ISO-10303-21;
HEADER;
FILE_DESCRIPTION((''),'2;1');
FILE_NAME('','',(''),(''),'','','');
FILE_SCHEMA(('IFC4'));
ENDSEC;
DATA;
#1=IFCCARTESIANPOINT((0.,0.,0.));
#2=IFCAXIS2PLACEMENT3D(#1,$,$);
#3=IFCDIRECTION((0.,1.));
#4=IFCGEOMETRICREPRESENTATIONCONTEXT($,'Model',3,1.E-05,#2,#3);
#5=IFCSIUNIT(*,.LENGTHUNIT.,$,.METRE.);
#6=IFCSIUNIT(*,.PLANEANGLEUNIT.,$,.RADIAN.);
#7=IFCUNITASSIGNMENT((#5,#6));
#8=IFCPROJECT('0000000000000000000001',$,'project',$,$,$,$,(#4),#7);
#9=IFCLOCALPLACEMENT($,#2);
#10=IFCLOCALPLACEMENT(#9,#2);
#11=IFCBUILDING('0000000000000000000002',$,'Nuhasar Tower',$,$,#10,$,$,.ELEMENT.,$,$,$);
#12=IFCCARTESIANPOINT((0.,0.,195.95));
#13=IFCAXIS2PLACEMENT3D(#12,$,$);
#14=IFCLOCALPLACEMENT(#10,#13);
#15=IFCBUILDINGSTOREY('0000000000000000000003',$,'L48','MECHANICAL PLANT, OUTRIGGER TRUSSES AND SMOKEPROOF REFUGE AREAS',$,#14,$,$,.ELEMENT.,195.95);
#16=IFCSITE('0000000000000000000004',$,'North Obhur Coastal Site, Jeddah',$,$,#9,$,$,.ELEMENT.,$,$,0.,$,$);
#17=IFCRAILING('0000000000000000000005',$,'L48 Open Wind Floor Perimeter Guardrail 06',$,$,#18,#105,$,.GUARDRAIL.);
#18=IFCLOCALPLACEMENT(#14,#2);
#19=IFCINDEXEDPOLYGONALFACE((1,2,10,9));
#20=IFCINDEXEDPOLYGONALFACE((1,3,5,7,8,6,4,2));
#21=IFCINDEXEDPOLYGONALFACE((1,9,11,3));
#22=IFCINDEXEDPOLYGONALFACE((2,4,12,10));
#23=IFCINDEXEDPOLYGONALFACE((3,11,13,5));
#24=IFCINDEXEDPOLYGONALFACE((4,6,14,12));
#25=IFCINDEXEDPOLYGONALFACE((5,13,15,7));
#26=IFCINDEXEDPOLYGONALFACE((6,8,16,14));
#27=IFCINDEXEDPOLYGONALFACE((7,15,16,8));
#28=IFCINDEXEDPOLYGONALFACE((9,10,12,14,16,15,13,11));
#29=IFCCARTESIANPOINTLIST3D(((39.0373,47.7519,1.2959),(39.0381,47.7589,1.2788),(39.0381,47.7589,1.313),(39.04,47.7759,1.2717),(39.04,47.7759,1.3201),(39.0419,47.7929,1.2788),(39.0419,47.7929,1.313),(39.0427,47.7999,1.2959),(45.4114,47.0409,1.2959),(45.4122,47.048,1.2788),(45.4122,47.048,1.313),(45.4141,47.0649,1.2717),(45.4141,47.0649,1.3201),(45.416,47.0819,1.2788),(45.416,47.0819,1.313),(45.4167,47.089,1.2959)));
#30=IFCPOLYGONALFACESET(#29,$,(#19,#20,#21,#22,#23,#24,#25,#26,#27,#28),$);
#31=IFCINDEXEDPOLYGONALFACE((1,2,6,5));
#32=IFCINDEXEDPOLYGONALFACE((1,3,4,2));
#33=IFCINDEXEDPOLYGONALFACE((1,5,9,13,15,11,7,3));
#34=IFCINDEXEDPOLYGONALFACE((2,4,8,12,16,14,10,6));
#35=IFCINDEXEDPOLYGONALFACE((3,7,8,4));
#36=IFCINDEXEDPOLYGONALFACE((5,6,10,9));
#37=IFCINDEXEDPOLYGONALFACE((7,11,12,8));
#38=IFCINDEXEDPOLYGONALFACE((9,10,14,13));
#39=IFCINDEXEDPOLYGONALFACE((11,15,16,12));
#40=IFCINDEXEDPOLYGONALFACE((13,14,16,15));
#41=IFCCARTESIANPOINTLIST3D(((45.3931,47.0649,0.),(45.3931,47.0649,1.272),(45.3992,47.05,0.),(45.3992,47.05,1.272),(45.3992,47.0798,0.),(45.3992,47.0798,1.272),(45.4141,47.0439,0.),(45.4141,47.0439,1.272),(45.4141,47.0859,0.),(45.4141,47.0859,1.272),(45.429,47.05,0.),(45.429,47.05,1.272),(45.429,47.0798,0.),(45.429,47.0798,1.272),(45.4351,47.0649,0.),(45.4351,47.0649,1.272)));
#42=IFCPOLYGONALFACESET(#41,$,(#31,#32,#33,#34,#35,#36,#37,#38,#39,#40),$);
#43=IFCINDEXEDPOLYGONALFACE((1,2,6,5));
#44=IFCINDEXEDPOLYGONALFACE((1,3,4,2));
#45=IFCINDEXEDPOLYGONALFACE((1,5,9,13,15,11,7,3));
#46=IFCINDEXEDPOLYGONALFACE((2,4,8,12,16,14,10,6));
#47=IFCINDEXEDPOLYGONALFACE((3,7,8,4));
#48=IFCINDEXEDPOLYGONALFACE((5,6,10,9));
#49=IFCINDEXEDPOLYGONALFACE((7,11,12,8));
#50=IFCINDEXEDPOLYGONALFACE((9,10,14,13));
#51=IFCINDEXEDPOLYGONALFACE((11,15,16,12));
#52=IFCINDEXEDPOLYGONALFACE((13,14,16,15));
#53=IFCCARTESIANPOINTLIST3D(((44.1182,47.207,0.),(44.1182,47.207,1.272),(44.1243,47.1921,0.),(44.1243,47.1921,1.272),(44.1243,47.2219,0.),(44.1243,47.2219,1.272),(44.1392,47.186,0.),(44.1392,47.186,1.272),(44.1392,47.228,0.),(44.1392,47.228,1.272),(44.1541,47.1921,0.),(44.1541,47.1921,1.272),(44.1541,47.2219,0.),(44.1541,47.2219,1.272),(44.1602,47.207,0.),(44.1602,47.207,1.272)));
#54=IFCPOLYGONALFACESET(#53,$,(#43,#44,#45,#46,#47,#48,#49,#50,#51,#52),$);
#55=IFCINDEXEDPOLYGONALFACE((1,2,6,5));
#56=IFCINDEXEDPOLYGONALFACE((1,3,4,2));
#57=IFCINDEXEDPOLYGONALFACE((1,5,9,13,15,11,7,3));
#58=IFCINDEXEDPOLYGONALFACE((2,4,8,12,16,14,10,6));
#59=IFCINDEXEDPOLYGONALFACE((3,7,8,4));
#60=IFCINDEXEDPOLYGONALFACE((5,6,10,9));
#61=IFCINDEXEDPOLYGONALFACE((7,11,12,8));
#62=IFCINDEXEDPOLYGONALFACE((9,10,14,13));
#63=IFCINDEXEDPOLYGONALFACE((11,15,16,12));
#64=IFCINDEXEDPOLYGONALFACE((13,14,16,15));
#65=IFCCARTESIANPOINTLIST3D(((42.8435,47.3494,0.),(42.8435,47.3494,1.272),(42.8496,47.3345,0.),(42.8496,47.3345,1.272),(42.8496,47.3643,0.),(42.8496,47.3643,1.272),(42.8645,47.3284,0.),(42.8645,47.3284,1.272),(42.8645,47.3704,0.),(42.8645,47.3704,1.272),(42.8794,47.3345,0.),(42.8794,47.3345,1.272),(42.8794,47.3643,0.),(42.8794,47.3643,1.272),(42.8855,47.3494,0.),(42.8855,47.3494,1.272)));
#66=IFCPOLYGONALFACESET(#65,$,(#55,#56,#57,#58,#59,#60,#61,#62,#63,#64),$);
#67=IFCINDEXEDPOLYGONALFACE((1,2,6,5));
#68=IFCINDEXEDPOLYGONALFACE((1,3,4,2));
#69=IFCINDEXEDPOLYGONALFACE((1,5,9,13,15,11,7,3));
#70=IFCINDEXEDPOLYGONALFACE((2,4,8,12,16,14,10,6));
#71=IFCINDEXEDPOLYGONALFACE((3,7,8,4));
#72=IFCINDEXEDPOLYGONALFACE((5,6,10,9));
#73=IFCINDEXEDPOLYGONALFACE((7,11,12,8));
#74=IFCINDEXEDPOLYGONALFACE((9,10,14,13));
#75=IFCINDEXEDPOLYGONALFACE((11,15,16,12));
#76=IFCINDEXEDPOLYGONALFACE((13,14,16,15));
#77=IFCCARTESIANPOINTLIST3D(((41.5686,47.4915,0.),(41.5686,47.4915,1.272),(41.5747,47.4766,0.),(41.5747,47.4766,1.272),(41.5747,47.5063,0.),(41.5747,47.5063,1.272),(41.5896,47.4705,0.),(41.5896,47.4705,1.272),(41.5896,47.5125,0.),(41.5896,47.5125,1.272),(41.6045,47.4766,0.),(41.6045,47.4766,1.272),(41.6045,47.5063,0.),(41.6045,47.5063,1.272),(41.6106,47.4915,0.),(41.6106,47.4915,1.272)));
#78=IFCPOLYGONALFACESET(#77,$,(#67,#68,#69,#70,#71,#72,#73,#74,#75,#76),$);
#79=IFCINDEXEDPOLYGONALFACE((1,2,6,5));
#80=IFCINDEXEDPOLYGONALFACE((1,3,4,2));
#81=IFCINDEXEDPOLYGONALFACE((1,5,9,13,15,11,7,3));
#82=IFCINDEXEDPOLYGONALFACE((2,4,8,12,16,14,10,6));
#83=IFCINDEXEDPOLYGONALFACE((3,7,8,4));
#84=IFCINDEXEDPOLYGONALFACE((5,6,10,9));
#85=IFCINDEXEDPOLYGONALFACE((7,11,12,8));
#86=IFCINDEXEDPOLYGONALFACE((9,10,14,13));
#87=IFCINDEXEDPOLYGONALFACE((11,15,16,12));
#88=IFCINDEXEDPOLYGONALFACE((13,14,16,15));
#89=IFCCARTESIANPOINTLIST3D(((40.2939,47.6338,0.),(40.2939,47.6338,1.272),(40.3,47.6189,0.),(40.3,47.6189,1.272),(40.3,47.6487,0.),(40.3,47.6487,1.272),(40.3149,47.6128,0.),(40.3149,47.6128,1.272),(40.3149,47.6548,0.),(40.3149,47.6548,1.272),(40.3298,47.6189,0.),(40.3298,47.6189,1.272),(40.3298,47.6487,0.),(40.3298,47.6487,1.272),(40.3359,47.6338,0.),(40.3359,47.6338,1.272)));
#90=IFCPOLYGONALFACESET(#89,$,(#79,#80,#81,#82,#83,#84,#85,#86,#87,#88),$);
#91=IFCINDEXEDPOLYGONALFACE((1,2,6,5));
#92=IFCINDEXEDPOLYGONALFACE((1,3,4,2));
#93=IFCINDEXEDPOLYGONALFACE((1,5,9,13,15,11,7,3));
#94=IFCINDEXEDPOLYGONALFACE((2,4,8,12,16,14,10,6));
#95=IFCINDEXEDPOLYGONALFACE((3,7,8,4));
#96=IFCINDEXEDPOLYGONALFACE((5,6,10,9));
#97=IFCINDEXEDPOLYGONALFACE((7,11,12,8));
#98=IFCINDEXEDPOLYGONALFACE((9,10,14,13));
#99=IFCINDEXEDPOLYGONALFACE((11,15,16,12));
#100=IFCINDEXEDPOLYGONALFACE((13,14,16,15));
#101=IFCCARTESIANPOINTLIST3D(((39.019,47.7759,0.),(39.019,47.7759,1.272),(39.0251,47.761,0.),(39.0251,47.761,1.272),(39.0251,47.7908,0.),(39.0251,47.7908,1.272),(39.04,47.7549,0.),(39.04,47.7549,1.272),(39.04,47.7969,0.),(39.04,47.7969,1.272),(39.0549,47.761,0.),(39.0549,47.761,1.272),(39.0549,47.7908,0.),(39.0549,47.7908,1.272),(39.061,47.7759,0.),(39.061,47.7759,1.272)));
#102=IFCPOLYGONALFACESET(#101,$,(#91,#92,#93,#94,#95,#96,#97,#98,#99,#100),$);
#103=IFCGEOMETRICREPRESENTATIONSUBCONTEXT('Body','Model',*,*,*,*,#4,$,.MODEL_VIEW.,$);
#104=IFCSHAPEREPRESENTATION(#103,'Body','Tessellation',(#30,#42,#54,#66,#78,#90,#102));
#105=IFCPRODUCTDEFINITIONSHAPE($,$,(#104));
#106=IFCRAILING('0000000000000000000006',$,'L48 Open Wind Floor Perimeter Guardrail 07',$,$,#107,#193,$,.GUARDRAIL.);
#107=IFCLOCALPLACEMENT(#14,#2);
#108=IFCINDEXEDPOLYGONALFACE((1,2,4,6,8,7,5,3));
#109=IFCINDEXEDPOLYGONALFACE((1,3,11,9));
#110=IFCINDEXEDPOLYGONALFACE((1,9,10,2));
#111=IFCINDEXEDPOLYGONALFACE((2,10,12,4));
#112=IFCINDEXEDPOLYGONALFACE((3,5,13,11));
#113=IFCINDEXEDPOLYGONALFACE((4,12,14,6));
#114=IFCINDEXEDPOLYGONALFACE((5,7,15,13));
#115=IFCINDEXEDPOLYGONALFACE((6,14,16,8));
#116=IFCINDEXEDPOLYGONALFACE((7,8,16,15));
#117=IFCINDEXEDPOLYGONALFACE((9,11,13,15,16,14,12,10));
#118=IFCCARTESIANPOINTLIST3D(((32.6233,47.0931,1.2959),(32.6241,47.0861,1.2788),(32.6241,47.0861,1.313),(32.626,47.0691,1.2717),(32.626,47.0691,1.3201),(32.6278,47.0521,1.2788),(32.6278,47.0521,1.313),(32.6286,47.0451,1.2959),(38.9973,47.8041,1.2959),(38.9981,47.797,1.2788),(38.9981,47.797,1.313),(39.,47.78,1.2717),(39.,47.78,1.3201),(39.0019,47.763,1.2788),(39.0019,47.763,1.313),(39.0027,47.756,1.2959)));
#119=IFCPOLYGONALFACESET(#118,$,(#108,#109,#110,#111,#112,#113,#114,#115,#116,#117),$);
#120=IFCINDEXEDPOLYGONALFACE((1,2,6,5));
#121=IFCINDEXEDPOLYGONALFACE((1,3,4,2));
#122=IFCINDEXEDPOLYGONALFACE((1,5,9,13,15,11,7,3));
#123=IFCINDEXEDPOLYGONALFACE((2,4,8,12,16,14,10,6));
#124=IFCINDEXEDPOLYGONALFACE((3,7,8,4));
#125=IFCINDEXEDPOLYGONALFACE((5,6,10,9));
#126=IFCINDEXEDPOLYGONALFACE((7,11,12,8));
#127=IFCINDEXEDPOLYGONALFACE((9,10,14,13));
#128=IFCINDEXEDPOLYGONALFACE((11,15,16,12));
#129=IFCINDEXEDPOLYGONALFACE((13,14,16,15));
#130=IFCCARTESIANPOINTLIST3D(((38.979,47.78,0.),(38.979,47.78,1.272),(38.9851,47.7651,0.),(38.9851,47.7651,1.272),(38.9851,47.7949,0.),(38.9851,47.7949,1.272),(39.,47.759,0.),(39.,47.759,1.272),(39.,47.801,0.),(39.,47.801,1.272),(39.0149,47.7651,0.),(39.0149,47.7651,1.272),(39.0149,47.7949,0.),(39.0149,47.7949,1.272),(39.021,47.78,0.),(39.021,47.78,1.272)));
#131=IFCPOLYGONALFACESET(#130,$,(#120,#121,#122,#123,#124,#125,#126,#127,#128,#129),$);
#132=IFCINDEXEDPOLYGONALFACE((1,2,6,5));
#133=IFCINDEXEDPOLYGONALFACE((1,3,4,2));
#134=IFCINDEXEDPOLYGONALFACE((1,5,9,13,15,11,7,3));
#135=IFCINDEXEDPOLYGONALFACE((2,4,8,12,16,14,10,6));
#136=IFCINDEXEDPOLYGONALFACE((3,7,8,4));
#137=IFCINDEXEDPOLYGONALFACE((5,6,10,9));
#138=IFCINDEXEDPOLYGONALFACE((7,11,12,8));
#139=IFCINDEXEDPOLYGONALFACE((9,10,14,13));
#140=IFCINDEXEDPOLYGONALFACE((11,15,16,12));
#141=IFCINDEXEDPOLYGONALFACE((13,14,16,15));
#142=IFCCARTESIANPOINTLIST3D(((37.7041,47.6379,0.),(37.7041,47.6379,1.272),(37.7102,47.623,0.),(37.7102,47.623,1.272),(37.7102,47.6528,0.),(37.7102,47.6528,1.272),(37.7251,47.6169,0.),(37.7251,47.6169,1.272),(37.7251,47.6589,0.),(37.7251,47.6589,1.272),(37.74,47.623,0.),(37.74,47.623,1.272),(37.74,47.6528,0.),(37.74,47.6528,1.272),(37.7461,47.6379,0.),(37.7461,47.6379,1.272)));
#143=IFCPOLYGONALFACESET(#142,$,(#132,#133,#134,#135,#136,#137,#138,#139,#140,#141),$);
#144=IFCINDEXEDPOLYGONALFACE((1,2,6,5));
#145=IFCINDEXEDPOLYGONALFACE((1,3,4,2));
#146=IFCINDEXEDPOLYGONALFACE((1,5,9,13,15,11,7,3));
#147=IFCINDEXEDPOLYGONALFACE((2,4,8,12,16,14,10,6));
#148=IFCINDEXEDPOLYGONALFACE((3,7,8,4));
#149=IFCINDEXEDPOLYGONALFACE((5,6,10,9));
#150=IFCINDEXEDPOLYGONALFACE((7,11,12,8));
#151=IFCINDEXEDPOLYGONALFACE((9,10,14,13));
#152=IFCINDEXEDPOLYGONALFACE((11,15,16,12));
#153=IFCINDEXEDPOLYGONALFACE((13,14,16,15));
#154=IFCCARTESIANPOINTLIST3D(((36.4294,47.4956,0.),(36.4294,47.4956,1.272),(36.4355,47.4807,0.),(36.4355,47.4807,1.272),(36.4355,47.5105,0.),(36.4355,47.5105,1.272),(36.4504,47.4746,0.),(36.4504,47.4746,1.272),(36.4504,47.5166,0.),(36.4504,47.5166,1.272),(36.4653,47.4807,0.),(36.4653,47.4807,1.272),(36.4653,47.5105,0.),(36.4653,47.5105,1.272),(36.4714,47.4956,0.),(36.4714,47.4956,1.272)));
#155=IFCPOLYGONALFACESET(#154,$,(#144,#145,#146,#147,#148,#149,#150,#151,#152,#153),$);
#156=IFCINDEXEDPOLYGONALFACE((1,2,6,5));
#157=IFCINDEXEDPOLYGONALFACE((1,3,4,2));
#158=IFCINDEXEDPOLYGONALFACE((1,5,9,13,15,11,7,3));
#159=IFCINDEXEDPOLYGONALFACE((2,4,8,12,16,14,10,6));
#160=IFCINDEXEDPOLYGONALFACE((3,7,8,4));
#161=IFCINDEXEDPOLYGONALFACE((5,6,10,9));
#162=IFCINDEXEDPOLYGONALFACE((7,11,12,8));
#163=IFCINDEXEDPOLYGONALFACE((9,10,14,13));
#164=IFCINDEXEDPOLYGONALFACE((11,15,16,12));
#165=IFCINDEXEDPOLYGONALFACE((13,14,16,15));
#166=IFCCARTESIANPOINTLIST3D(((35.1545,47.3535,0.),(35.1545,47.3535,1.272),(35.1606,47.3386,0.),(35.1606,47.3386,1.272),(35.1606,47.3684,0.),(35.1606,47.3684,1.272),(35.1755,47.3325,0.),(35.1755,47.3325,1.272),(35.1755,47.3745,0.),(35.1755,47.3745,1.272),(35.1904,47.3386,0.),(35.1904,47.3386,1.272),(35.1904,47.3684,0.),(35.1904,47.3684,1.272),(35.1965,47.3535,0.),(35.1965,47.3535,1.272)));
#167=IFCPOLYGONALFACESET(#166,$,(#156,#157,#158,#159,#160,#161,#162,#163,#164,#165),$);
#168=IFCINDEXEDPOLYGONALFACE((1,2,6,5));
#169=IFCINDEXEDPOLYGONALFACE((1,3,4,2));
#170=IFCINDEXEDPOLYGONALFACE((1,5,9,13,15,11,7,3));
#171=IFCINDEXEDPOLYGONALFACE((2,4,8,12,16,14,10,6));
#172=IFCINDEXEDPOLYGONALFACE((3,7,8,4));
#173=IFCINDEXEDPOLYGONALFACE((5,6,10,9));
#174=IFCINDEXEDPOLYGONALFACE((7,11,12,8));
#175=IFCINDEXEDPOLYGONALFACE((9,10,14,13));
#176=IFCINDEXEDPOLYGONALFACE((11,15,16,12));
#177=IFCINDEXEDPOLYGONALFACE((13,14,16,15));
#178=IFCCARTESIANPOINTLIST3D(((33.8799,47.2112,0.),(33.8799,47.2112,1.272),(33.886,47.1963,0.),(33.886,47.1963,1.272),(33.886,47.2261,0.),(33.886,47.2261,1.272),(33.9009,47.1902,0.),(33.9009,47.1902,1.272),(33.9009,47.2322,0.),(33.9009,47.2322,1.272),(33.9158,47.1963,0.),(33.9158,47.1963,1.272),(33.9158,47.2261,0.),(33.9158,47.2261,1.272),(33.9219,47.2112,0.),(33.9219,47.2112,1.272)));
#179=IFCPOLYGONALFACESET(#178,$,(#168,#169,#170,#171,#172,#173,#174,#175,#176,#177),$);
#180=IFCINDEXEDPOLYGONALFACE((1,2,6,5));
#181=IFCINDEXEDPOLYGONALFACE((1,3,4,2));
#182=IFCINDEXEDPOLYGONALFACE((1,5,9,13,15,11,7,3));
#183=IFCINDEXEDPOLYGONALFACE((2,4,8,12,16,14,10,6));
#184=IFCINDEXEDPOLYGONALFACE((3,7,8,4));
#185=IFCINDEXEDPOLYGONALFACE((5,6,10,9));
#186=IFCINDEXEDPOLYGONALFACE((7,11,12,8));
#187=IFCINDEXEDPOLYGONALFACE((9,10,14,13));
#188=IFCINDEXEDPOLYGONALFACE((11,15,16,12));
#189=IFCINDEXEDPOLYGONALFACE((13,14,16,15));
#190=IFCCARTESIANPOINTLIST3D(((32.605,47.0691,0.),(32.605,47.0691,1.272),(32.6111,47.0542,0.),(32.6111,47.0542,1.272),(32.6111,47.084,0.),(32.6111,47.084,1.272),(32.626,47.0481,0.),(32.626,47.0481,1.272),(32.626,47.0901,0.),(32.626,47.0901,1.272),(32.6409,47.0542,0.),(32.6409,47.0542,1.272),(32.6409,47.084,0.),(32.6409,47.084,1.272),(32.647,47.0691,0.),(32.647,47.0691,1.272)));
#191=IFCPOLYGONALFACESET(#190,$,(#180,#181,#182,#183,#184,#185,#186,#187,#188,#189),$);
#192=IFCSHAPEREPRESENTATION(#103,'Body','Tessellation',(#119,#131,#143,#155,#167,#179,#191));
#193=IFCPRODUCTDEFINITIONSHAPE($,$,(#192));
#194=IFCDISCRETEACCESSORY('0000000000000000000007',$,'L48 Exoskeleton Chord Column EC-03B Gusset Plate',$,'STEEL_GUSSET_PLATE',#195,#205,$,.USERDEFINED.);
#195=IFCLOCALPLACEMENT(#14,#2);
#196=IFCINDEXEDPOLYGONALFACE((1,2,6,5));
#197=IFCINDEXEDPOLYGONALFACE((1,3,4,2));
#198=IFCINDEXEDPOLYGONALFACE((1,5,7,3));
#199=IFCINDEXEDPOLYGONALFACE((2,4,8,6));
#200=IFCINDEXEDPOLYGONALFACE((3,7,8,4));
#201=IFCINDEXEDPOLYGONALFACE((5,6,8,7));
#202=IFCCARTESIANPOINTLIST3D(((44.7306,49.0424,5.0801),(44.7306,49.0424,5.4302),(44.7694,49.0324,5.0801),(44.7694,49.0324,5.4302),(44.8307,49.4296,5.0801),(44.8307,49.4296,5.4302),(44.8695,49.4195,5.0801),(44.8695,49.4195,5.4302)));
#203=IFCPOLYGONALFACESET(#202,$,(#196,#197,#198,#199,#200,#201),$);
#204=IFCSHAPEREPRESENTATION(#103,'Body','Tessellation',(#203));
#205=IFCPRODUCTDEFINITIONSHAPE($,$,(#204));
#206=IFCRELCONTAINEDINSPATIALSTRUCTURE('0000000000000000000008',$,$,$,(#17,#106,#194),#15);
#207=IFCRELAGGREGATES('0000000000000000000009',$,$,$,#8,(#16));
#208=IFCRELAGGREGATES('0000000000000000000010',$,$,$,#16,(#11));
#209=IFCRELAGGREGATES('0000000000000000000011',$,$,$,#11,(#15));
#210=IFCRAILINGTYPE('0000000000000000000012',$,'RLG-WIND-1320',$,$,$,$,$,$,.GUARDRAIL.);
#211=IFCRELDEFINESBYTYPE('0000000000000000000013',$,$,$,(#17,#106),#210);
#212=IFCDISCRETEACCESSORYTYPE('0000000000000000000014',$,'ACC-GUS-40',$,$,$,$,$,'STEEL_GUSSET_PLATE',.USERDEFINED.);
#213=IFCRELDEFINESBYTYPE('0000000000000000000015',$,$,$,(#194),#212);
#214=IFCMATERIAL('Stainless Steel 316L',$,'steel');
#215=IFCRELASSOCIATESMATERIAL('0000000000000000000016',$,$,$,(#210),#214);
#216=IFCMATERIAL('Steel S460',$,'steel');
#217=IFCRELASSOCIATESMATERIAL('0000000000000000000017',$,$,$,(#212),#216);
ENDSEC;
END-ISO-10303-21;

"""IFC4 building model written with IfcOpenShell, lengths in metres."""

from ifc_helpers import new_model, si_unit, direction, frame, origin, origin_2d, place, context, subcontext, project, spatial, polyline, rectangle, outline, extrude, material, type_object, element, save


model = new_model("IFC4")

# Units and contexts
model_context = context("Model", 3, precision=1e-05, world=origin(), true_north=direction((0.0, 1.0)))
body_context = subcontext(model_context, "Body", "Model", "MODEL_VIEW")
ifc_project = project(units=[si_unit("LENGTHUNIT", "METRE"), si_unit("PLANEANGLEUNIT", "RADIAN")], contexts=[model_context])

# Site, building, storey
site_placement = place(None, origin())
site = spatial("IfcSite", under=ifc_project, at=site_placement, Name="North Obhur Coastal Site, Jeddah", CompositionType="ELEMENT", RefElevation=0.0)
building_placement = place(site_placement, origin())
building = spatial("IfcBuilding", under=site, at=building_placement, Name="Nuhasar Tower", CompositionType="ELEMENT")
storey_placement = place(building_placement, frame((0.0, 0.0, 195.95)))
storey = spatial("IfcBuildingStorey", under=building, at=storey_placement, Name="L48", Description="MECHANICAL PLANT, OUTRIGGER TRUSSES AND SMOKEPROOF REFUGE AREAS", CompositionType="ELEMENT", Elevation=195.95)

# Shared definitions
ifc_material_1 = material(Name="Steel S460", Category="steel")

# Railings
ifc_material_2 = material(Name="Stainless Steel 316L", Category="steel")
railing_type_1 = type_object("IfcRailingType", Name="RLG-WIND-1320", PredefinedType="GUARDRAIL", material=ifc_material_2)
railing_1_placement = place(storey_placement, frame((45.4141, 47.0649, 0.0)))
element("IfcRailing", 1, at=railing_1_placement, inside=storey, type_object=railing_type_1, Name="L48 Open Wind Floor Perimeter Guardrail 06", PredefinedType="GUARDRAIL", context=body_context, shape_type="SweptSolid", body=[
    extrude(outline(polyline([(0.0242, 0.0), (0.0171, 0.0171), (0.0, 0.0242), (-0.0171, 0.0171), (-0.0242, 0.0), (-0.0171, -0.0171), (0.0, -0.0242), (0.0171, -0.0171), (0.0242, 0.0)])), frame((0.0, 0.0, 1.2959), z_axis=(-0.993837, 0.110849, 0.0), x_axis=(-0.110849, -0.993837, 0.0)), (0.0, 0.0, 1.0), 6.4136),
    extrude(outline(polyline([(0.021, 0.0), (0.0149, 0.0149), (0.0, 0.021), (-0.0149, 0.0149), (-0.021, 0.0), (-0.0149, -0.0149), (0.0, -0.021), (0.0149, -0.0149), (0.021, 0.0)])), origin(), (0.0, 0.0, 1.0), 1.272),
    extrude(outline(polyline([(0.021, 0.0), (0.0149, 0.0149), (0.0, 0.021), (-0.0149, 0.0149), (-0.021, 0.0), (-0.0149, -0.0149), (0.0, -0.021), (0.0149, -0.0149), (0.021, 0.0)])), frame((-1.2749, 0.1421, 0.0)), (0.0, 0.0, 1.0), 1.272),
    extrude(outline(polyline([(0.021, 0.0), (0.0149, 0.0149), (0.0, 0.021), (-0.0149, 0.0149), (-0.021, 0.0), (-0.0149, -0.0149), (0.0, -0.021), (0.0149, -0.0149), (0.021, 0.0)])), frame((-2.5496, 0.2844, 0.0)), (0.0, 0.0, 1.0), 1.272),
    extrude(outline(polyline([(0.021, 0.0), (0.0149, 0.0149), (0.0, 0.021), (-0.0149, 0.0149), (-0.021, 0.0), (-0.0149, -0.0149), (0.0, -0.021), (0.0149, -0.0149), (0.021, 0.0)])), frame((-3.8245, 0.4265, 0.0)), (0.0, 0.0, 1.0), 1.272),
    extrude(outline(polyline([(0.021, 0.0), (0.0149, 0.0149), (0.0, 0.021), (-0.0149, 0.0149), (-0.021, 0.0), (-0.0149, -0.0149), (0.0, -0.021), (0.0149, -0.0149), (0.021, 0.0)])), frame((-5.0991, 0.5688, 0.0)), (0.0, 0.0, 1.0), 1.272),
    extrude(outline(polyline([(0.021, 0.0), (0.0149, 0.0149), (0.0, 0.021), (-0.0149, 0.0149), (-0.021, 0.0), (-0.0149, -0.0149), (0.0, -0.021), (0.0149, -0.0149), (0.021, 0.0)])), frame((-6.374, 0.7109, 0.0)), (0.0, 0.0, 1.0), 1.272),
])
railing_2_placement = place(storey_placement, frame((39.0, 47.78, 0.0)))
element("IfcRailing", 2, at=railing_2_placement, inside=storey, type_object=railing_type_1, Name="L48 Open Wind Floor Perimeter Guardrail 07", PredefinedType="GUARDRAIL", context=body_context, shape_type="SweptSolid", body=[
    extrude(outline(polyline([(0.0242, 0.0), (0.0171, 0.0171), (0.0, 0.0242), (-0.0171, 0.0171), (-0.0242, 0.0), (-0.0171, -0.0171), (0.0, -0.0242), (0.0171, -0.0171), (0.0242, 0.0)])), frame((0.0, 0.0, 1.2959), z_axis=(-0.993837, -0.110849, 0.0), x_axis=(0.110849, -0.993837, 0.0)), (0.0, 0.0, 1.0), 6.4136),
    extrude(outline(polyline([(0.021, 0.0), (0.0149, 0.0149), (0.0, 0.021), (-0.0149, 0.0149), (-0.021, 0.0), (-0.0149, -0.0149), (0.0, -0.021), (0.0149, -0.0149), (0.021, 0.0)])), origin(), (0.0, 0.0, 1.0), 1.272),
    extrude(outline(polyline([(0.021, 0.0), (0.0149, 0.0149), (0.0, 0.021), (-0.0149, 0.0149), (-0.021, 0.0), (-0.0149, -0.0149), (0.0, -0.021), (0.0149, -0.0149), (0.021, 0.0)])), frame((-1.2749, -0.1421, 0.0)), (0.0, 0.0, 1.0), 1.272),
    extrude(outline(polyline([(0.021, 0.0), (0.0149, 0.0149), (0.0, 0.021), (-0.0149, 0.0149), (-0.021, 0.0), (-0.0149, -0.0149), (0.0, -0.021), (0.0149, -0.0149), (0.021, 0.0)])), frame((-2.5496, -0.2844, 0.0)), (0.0, 0.0, 1.0), 1.272),
    extrude(outline(polyline([(0.021, 0.0), (0.0149, 0.0149), (0.0, 0.021), (-0.0149, 0.0149), (-0.021, 0.0), (-0.0149, -0.0149), (0.0, -0.021), (0.0149, -0.0149), (0.021, 0.0)])), frame((-3.8245, -0.4265, 0.0)), (0.0, 0.0, 1.0), 1.272),
    extrude(outline(polyline([(0.021, 0.0), (0.0149, 0.0149), (0.0, 0.021), (-0.0149, 0.0149), (-0.021, 0.0), (-0.0149, -0.0149), (0.0, -0.021), (0.0149, -0.0149), (0.021, 0.0)])), frame((-5.0991, -0.5688, 0.0)), (0.0, 0.0, 1.0), 1.272),
    extrude(outline(polyline([(0.021, 0.0), (0.0149, 0.0149), (0.0, 0.021), (-0.0149, 0.0149), (-0.021, 0.0), (-0.0149, -0.0149), (0.0, -0.021), (0.0149, -0.0149), (0.021, 0.0)])), frame((-6.374, -0.7109, 0.0)), (0.0, 0.0, 1.0), 1.272),
])

# Discrete accessory
discrete_accessory_type = type_object("IfcDiscreteAccessoryType", Name="ACC-GUS-40", ElementType="STEEL_GUSSET_PLATE", PredefinedType="USERDEFINED", material=ifc_material_1)
discrete_accessory_placement = place(storey_placement, frame((44.8, 49.231, 5.0801), z_axis=(0.0, 0.0, 1.0), x_axis=(0.250346, 0.968156, 0.0)))
element("IfcDiscreteAccessory", 3, at=discrete_accessory_placement, inside=storey, type_object=discrete_accessory_type, Name="L48 Exoskeleton Chord Column EC-03B Gusset Plate", ObjectType="STEEL_GUSSET_PLATE", PredefinedType="USERDEFINED", context=body_context, shape_type="SweptSolid", body=[
    extrude(rectangle(XDim=0.3999, YDim=0.04, at=origin_2d()), origin(), (0.0, 0.0, 1.0), 0.3501),
])

save(model, "model.ifc")
